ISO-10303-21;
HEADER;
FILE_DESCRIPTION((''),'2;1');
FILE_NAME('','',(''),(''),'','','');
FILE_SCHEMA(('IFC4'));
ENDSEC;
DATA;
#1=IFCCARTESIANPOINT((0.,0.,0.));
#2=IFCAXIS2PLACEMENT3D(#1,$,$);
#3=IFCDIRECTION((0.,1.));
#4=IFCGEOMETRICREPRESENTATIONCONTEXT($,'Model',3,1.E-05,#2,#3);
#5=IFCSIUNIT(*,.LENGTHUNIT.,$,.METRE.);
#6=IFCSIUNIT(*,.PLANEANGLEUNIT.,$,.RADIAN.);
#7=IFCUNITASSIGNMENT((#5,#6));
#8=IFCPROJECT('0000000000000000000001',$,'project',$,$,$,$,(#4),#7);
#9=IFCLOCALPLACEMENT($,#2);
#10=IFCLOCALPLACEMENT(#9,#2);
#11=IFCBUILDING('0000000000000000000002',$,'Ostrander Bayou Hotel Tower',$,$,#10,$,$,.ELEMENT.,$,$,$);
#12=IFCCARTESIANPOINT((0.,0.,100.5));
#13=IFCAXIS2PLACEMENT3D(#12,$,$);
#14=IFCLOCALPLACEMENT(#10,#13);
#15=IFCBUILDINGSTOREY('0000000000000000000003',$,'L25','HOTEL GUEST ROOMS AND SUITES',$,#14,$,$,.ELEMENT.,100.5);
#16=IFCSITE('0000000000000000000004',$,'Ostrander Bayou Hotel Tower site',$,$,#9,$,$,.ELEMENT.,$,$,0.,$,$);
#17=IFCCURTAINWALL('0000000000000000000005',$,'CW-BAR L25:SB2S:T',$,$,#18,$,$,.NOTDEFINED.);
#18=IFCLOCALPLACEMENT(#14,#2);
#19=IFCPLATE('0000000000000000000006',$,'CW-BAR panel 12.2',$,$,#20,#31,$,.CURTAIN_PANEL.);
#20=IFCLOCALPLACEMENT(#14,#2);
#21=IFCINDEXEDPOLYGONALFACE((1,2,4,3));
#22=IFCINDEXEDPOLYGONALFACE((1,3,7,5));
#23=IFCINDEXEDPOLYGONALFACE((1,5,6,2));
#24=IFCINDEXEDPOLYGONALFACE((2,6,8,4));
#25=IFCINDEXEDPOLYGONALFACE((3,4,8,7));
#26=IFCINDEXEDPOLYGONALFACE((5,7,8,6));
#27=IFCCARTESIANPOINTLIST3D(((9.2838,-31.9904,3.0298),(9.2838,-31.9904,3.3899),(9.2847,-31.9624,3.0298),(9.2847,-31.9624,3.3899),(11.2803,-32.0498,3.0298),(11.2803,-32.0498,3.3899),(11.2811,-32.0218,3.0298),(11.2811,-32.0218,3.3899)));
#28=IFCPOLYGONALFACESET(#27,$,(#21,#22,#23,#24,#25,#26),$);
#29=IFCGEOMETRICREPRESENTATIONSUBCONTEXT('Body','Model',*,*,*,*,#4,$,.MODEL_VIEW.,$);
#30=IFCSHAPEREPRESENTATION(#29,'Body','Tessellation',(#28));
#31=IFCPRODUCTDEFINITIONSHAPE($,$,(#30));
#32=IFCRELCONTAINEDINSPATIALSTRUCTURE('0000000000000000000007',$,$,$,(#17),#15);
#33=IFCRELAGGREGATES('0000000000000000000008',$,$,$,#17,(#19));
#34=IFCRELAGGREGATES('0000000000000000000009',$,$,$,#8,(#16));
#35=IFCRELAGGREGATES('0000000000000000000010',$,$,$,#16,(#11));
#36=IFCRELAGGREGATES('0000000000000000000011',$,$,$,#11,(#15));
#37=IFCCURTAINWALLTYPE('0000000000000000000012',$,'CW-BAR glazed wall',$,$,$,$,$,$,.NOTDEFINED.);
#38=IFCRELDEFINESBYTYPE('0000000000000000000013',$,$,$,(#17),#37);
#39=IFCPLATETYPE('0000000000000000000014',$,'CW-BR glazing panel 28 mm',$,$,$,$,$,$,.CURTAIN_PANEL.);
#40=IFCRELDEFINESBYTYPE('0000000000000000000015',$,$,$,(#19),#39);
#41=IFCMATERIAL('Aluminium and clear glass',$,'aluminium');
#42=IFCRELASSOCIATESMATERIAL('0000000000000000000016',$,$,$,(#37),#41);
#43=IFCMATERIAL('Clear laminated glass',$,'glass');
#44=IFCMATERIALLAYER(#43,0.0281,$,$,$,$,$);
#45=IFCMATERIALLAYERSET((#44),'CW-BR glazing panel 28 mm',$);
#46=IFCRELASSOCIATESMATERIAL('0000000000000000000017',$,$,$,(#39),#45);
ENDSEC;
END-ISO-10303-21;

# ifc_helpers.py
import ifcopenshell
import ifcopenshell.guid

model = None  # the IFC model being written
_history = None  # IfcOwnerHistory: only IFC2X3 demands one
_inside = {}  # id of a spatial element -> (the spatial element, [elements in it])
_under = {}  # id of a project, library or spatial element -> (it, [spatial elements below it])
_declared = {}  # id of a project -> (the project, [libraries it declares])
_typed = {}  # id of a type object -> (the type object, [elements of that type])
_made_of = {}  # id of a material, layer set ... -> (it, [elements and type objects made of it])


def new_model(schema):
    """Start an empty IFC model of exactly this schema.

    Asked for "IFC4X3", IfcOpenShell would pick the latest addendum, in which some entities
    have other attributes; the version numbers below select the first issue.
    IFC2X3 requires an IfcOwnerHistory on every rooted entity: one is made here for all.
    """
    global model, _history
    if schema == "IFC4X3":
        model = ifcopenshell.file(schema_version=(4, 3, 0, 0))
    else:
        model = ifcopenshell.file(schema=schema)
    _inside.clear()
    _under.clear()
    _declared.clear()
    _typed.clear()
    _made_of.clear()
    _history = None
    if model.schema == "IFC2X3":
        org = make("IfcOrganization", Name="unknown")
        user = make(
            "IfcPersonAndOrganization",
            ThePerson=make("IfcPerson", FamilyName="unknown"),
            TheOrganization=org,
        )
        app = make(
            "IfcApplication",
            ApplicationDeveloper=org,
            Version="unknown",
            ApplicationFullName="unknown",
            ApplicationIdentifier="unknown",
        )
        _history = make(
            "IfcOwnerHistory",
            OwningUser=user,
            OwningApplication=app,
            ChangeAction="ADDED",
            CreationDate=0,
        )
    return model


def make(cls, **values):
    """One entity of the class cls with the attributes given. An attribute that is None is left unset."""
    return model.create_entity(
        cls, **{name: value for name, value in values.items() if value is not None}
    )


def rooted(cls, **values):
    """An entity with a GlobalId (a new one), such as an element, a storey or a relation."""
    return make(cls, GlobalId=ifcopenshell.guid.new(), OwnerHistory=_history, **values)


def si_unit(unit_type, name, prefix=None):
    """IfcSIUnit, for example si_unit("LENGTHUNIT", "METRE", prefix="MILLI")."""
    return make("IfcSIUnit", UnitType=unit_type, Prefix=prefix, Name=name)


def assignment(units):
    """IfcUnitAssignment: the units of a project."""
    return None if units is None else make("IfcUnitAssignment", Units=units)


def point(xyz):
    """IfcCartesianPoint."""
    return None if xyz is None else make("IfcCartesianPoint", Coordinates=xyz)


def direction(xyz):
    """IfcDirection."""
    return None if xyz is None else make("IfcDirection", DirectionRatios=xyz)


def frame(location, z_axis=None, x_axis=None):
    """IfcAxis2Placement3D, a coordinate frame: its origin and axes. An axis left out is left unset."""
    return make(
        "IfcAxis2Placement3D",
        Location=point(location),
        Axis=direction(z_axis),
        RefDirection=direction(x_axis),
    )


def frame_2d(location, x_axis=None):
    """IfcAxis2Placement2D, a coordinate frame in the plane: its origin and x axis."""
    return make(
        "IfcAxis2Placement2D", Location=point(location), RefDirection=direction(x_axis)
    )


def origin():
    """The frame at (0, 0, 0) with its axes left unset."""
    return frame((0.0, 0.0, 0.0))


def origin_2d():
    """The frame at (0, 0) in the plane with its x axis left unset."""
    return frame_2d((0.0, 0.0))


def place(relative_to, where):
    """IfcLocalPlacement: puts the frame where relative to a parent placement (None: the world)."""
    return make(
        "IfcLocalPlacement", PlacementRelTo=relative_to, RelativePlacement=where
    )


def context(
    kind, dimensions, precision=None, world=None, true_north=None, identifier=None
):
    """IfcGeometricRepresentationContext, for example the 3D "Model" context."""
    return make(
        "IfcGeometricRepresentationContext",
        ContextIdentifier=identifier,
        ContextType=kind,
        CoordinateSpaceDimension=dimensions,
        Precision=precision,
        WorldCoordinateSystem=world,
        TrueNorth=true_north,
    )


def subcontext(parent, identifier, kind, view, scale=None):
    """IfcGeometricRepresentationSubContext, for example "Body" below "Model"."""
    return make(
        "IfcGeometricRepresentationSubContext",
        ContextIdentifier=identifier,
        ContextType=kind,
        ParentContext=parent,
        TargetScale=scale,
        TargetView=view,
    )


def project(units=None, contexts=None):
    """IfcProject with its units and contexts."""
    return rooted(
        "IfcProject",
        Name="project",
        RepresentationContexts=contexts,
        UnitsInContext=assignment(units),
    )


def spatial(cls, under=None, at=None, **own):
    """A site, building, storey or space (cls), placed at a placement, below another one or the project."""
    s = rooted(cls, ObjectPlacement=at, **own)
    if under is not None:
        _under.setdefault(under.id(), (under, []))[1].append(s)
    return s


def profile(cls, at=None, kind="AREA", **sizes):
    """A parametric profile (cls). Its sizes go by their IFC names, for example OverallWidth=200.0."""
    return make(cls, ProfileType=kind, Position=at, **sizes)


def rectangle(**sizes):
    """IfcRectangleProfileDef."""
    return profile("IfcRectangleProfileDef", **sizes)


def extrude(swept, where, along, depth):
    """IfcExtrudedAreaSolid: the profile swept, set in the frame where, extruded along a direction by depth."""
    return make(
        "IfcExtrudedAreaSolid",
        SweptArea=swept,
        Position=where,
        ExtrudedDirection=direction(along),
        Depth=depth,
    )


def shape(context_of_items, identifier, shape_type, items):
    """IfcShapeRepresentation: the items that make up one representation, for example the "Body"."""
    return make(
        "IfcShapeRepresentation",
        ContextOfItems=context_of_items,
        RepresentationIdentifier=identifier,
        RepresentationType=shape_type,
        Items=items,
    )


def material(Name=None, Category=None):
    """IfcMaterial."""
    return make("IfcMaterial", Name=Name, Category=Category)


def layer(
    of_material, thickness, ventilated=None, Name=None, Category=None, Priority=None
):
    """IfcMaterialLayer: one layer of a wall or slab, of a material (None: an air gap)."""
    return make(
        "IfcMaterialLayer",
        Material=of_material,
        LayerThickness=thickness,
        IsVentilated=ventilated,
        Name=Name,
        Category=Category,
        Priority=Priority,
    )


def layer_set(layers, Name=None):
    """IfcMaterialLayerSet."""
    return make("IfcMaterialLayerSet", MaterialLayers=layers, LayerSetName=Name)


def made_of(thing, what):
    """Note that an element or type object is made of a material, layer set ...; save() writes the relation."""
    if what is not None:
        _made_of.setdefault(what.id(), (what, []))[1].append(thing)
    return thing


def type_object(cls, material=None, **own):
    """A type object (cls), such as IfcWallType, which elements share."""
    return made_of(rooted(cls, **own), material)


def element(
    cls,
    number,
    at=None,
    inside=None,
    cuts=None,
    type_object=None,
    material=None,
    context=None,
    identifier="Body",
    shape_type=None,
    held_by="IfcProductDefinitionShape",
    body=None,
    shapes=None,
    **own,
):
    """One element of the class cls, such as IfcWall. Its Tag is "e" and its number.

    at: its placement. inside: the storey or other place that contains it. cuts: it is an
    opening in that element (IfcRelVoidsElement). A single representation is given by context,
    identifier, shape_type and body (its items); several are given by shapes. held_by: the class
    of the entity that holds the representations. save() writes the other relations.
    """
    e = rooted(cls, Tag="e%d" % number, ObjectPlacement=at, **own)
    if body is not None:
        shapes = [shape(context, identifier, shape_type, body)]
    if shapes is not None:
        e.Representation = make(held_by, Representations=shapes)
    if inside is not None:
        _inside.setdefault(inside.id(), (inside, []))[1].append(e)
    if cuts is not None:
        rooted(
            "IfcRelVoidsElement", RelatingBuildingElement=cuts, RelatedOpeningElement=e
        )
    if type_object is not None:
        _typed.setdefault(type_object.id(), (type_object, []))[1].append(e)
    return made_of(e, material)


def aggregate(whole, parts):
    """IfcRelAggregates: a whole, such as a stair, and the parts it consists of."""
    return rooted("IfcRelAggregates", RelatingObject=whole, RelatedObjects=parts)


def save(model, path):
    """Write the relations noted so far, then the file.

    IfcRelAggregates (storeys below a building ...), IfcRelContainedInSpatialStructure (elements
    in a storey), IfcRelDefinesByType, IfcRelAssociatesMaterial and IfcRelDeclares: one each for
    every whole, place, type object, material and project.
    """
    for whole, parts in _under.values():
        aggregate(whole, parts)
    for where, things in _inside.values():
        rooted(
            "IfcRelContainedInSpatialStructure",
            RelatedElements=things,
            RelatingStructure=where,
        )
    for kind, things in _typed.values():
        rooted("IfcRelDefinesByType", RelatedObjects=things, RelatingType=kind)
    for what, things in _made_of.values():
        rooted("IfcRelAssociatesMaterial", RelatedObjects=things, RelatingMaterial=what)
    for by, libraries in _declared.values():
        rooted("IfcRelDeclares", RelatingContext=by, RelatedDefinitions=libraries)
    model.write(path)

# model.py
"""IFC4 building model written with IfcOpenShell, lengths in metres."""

from ifc_helpers import new_model, si_unit, direction, frame, origin, origin_2d, place, context, subcontext, project, spatial, rectangle, extrude, material, layer, layer_set, type_object, element, aggregate, save


model = new_model("IFC4")

# Units and contexts
model_context = context("Model", 3, precision=1e-05, world=origin(), true_north=direction((0.0, 1.0)))
body_context = subcontext(model_context, "Body", "Model", "MODEL_VIEW")
ifc_project = project(units=[si_unit("LENGTHUNIT", "METRE"), si_unit("PLANEANGLEUNIT", "RADIAN")], contexts=[model_context])

# Site, building, storey
site_placement = place(None, origin())
site = spatial("IfcSite", under=ifc_project, at=site_placement, Name="Ostrander Bayou Hotel Tower site", CompositionType="ELEMENT", RefElevation=0.0)
building_placement = place(site_placement, origin())
building = spatial("IfcBuilding", under=site, at=building_placement, Name="Ostrander Bayou Hotel Tower", CompositionType="ELEMENT")
storey_placement = place(building_placement, frame((0.0, 0.0, 100.5)))
storey = spatial("IfcBuildingStorey", under=building, at=storey_placement, Name="L25", Description="HOTEL GUEST ROOMS AND SUITES", CompositionType="ELEMENT", Elevation=100.5)

# Curtain wall, plate
ifc_material_1 = material(Name="Aluminium and clear glass", Category="aluminium")
curtain_wall_type = type_object("IfcCurtainWallType", Name="CW-BAR glazed wall", PredefinedType="NOTDEFINED", material=ifc_material_1)
curtain_wall_placement = place(storey_placement, origin())
curtain_wall = element("IfcCurtainWall", 1, at=curtain_wall_placement, inside=storey, type_object=curtain_wall_type, Name="CW-BAR L25:SB2S:T", PredefinedType="NOTDEFINED")
ifc_material_2 = material(Name="Clear laminated glass", Category="glass")
ifc_layer_1 = layer(ifc_material_2, 0.0281)
ifc_layer_set_1 = layer_set([ifc_layer_1], Name="CW-BR glazing panel 28 mm")
plate_type = type_object("IfcPlateType", Name="CW-BR glazing panel 28 mm", PredefinedType="CURTAIN_PANEL", material=ifc_layer_set_1)
plate_1_placement = place(storey_placement, frame((10.2825, -32.0061, 3.0298), z_axis=(0.0, 0.0, 1.0), x_axis=(0.999557, -0.029746, 0.0)))
plate_1 = element("IfcPlate", 2, at=plate_1_placement, type_object=plate_type, Name="CW-BAR panel 12.2", PredefinedType="CURTAIN_PANEL", context=body_context, shape_type="SweptSolid", body=[
    extrude(rectangle(XDim=1.9973, YDim=0.0281, at=origin_2d()), origin(), (0.0, 0.0, 1.0), 0.3601),
])
aggregate(curtain_wall, [plate_1])

save(model, "model.ifc")
